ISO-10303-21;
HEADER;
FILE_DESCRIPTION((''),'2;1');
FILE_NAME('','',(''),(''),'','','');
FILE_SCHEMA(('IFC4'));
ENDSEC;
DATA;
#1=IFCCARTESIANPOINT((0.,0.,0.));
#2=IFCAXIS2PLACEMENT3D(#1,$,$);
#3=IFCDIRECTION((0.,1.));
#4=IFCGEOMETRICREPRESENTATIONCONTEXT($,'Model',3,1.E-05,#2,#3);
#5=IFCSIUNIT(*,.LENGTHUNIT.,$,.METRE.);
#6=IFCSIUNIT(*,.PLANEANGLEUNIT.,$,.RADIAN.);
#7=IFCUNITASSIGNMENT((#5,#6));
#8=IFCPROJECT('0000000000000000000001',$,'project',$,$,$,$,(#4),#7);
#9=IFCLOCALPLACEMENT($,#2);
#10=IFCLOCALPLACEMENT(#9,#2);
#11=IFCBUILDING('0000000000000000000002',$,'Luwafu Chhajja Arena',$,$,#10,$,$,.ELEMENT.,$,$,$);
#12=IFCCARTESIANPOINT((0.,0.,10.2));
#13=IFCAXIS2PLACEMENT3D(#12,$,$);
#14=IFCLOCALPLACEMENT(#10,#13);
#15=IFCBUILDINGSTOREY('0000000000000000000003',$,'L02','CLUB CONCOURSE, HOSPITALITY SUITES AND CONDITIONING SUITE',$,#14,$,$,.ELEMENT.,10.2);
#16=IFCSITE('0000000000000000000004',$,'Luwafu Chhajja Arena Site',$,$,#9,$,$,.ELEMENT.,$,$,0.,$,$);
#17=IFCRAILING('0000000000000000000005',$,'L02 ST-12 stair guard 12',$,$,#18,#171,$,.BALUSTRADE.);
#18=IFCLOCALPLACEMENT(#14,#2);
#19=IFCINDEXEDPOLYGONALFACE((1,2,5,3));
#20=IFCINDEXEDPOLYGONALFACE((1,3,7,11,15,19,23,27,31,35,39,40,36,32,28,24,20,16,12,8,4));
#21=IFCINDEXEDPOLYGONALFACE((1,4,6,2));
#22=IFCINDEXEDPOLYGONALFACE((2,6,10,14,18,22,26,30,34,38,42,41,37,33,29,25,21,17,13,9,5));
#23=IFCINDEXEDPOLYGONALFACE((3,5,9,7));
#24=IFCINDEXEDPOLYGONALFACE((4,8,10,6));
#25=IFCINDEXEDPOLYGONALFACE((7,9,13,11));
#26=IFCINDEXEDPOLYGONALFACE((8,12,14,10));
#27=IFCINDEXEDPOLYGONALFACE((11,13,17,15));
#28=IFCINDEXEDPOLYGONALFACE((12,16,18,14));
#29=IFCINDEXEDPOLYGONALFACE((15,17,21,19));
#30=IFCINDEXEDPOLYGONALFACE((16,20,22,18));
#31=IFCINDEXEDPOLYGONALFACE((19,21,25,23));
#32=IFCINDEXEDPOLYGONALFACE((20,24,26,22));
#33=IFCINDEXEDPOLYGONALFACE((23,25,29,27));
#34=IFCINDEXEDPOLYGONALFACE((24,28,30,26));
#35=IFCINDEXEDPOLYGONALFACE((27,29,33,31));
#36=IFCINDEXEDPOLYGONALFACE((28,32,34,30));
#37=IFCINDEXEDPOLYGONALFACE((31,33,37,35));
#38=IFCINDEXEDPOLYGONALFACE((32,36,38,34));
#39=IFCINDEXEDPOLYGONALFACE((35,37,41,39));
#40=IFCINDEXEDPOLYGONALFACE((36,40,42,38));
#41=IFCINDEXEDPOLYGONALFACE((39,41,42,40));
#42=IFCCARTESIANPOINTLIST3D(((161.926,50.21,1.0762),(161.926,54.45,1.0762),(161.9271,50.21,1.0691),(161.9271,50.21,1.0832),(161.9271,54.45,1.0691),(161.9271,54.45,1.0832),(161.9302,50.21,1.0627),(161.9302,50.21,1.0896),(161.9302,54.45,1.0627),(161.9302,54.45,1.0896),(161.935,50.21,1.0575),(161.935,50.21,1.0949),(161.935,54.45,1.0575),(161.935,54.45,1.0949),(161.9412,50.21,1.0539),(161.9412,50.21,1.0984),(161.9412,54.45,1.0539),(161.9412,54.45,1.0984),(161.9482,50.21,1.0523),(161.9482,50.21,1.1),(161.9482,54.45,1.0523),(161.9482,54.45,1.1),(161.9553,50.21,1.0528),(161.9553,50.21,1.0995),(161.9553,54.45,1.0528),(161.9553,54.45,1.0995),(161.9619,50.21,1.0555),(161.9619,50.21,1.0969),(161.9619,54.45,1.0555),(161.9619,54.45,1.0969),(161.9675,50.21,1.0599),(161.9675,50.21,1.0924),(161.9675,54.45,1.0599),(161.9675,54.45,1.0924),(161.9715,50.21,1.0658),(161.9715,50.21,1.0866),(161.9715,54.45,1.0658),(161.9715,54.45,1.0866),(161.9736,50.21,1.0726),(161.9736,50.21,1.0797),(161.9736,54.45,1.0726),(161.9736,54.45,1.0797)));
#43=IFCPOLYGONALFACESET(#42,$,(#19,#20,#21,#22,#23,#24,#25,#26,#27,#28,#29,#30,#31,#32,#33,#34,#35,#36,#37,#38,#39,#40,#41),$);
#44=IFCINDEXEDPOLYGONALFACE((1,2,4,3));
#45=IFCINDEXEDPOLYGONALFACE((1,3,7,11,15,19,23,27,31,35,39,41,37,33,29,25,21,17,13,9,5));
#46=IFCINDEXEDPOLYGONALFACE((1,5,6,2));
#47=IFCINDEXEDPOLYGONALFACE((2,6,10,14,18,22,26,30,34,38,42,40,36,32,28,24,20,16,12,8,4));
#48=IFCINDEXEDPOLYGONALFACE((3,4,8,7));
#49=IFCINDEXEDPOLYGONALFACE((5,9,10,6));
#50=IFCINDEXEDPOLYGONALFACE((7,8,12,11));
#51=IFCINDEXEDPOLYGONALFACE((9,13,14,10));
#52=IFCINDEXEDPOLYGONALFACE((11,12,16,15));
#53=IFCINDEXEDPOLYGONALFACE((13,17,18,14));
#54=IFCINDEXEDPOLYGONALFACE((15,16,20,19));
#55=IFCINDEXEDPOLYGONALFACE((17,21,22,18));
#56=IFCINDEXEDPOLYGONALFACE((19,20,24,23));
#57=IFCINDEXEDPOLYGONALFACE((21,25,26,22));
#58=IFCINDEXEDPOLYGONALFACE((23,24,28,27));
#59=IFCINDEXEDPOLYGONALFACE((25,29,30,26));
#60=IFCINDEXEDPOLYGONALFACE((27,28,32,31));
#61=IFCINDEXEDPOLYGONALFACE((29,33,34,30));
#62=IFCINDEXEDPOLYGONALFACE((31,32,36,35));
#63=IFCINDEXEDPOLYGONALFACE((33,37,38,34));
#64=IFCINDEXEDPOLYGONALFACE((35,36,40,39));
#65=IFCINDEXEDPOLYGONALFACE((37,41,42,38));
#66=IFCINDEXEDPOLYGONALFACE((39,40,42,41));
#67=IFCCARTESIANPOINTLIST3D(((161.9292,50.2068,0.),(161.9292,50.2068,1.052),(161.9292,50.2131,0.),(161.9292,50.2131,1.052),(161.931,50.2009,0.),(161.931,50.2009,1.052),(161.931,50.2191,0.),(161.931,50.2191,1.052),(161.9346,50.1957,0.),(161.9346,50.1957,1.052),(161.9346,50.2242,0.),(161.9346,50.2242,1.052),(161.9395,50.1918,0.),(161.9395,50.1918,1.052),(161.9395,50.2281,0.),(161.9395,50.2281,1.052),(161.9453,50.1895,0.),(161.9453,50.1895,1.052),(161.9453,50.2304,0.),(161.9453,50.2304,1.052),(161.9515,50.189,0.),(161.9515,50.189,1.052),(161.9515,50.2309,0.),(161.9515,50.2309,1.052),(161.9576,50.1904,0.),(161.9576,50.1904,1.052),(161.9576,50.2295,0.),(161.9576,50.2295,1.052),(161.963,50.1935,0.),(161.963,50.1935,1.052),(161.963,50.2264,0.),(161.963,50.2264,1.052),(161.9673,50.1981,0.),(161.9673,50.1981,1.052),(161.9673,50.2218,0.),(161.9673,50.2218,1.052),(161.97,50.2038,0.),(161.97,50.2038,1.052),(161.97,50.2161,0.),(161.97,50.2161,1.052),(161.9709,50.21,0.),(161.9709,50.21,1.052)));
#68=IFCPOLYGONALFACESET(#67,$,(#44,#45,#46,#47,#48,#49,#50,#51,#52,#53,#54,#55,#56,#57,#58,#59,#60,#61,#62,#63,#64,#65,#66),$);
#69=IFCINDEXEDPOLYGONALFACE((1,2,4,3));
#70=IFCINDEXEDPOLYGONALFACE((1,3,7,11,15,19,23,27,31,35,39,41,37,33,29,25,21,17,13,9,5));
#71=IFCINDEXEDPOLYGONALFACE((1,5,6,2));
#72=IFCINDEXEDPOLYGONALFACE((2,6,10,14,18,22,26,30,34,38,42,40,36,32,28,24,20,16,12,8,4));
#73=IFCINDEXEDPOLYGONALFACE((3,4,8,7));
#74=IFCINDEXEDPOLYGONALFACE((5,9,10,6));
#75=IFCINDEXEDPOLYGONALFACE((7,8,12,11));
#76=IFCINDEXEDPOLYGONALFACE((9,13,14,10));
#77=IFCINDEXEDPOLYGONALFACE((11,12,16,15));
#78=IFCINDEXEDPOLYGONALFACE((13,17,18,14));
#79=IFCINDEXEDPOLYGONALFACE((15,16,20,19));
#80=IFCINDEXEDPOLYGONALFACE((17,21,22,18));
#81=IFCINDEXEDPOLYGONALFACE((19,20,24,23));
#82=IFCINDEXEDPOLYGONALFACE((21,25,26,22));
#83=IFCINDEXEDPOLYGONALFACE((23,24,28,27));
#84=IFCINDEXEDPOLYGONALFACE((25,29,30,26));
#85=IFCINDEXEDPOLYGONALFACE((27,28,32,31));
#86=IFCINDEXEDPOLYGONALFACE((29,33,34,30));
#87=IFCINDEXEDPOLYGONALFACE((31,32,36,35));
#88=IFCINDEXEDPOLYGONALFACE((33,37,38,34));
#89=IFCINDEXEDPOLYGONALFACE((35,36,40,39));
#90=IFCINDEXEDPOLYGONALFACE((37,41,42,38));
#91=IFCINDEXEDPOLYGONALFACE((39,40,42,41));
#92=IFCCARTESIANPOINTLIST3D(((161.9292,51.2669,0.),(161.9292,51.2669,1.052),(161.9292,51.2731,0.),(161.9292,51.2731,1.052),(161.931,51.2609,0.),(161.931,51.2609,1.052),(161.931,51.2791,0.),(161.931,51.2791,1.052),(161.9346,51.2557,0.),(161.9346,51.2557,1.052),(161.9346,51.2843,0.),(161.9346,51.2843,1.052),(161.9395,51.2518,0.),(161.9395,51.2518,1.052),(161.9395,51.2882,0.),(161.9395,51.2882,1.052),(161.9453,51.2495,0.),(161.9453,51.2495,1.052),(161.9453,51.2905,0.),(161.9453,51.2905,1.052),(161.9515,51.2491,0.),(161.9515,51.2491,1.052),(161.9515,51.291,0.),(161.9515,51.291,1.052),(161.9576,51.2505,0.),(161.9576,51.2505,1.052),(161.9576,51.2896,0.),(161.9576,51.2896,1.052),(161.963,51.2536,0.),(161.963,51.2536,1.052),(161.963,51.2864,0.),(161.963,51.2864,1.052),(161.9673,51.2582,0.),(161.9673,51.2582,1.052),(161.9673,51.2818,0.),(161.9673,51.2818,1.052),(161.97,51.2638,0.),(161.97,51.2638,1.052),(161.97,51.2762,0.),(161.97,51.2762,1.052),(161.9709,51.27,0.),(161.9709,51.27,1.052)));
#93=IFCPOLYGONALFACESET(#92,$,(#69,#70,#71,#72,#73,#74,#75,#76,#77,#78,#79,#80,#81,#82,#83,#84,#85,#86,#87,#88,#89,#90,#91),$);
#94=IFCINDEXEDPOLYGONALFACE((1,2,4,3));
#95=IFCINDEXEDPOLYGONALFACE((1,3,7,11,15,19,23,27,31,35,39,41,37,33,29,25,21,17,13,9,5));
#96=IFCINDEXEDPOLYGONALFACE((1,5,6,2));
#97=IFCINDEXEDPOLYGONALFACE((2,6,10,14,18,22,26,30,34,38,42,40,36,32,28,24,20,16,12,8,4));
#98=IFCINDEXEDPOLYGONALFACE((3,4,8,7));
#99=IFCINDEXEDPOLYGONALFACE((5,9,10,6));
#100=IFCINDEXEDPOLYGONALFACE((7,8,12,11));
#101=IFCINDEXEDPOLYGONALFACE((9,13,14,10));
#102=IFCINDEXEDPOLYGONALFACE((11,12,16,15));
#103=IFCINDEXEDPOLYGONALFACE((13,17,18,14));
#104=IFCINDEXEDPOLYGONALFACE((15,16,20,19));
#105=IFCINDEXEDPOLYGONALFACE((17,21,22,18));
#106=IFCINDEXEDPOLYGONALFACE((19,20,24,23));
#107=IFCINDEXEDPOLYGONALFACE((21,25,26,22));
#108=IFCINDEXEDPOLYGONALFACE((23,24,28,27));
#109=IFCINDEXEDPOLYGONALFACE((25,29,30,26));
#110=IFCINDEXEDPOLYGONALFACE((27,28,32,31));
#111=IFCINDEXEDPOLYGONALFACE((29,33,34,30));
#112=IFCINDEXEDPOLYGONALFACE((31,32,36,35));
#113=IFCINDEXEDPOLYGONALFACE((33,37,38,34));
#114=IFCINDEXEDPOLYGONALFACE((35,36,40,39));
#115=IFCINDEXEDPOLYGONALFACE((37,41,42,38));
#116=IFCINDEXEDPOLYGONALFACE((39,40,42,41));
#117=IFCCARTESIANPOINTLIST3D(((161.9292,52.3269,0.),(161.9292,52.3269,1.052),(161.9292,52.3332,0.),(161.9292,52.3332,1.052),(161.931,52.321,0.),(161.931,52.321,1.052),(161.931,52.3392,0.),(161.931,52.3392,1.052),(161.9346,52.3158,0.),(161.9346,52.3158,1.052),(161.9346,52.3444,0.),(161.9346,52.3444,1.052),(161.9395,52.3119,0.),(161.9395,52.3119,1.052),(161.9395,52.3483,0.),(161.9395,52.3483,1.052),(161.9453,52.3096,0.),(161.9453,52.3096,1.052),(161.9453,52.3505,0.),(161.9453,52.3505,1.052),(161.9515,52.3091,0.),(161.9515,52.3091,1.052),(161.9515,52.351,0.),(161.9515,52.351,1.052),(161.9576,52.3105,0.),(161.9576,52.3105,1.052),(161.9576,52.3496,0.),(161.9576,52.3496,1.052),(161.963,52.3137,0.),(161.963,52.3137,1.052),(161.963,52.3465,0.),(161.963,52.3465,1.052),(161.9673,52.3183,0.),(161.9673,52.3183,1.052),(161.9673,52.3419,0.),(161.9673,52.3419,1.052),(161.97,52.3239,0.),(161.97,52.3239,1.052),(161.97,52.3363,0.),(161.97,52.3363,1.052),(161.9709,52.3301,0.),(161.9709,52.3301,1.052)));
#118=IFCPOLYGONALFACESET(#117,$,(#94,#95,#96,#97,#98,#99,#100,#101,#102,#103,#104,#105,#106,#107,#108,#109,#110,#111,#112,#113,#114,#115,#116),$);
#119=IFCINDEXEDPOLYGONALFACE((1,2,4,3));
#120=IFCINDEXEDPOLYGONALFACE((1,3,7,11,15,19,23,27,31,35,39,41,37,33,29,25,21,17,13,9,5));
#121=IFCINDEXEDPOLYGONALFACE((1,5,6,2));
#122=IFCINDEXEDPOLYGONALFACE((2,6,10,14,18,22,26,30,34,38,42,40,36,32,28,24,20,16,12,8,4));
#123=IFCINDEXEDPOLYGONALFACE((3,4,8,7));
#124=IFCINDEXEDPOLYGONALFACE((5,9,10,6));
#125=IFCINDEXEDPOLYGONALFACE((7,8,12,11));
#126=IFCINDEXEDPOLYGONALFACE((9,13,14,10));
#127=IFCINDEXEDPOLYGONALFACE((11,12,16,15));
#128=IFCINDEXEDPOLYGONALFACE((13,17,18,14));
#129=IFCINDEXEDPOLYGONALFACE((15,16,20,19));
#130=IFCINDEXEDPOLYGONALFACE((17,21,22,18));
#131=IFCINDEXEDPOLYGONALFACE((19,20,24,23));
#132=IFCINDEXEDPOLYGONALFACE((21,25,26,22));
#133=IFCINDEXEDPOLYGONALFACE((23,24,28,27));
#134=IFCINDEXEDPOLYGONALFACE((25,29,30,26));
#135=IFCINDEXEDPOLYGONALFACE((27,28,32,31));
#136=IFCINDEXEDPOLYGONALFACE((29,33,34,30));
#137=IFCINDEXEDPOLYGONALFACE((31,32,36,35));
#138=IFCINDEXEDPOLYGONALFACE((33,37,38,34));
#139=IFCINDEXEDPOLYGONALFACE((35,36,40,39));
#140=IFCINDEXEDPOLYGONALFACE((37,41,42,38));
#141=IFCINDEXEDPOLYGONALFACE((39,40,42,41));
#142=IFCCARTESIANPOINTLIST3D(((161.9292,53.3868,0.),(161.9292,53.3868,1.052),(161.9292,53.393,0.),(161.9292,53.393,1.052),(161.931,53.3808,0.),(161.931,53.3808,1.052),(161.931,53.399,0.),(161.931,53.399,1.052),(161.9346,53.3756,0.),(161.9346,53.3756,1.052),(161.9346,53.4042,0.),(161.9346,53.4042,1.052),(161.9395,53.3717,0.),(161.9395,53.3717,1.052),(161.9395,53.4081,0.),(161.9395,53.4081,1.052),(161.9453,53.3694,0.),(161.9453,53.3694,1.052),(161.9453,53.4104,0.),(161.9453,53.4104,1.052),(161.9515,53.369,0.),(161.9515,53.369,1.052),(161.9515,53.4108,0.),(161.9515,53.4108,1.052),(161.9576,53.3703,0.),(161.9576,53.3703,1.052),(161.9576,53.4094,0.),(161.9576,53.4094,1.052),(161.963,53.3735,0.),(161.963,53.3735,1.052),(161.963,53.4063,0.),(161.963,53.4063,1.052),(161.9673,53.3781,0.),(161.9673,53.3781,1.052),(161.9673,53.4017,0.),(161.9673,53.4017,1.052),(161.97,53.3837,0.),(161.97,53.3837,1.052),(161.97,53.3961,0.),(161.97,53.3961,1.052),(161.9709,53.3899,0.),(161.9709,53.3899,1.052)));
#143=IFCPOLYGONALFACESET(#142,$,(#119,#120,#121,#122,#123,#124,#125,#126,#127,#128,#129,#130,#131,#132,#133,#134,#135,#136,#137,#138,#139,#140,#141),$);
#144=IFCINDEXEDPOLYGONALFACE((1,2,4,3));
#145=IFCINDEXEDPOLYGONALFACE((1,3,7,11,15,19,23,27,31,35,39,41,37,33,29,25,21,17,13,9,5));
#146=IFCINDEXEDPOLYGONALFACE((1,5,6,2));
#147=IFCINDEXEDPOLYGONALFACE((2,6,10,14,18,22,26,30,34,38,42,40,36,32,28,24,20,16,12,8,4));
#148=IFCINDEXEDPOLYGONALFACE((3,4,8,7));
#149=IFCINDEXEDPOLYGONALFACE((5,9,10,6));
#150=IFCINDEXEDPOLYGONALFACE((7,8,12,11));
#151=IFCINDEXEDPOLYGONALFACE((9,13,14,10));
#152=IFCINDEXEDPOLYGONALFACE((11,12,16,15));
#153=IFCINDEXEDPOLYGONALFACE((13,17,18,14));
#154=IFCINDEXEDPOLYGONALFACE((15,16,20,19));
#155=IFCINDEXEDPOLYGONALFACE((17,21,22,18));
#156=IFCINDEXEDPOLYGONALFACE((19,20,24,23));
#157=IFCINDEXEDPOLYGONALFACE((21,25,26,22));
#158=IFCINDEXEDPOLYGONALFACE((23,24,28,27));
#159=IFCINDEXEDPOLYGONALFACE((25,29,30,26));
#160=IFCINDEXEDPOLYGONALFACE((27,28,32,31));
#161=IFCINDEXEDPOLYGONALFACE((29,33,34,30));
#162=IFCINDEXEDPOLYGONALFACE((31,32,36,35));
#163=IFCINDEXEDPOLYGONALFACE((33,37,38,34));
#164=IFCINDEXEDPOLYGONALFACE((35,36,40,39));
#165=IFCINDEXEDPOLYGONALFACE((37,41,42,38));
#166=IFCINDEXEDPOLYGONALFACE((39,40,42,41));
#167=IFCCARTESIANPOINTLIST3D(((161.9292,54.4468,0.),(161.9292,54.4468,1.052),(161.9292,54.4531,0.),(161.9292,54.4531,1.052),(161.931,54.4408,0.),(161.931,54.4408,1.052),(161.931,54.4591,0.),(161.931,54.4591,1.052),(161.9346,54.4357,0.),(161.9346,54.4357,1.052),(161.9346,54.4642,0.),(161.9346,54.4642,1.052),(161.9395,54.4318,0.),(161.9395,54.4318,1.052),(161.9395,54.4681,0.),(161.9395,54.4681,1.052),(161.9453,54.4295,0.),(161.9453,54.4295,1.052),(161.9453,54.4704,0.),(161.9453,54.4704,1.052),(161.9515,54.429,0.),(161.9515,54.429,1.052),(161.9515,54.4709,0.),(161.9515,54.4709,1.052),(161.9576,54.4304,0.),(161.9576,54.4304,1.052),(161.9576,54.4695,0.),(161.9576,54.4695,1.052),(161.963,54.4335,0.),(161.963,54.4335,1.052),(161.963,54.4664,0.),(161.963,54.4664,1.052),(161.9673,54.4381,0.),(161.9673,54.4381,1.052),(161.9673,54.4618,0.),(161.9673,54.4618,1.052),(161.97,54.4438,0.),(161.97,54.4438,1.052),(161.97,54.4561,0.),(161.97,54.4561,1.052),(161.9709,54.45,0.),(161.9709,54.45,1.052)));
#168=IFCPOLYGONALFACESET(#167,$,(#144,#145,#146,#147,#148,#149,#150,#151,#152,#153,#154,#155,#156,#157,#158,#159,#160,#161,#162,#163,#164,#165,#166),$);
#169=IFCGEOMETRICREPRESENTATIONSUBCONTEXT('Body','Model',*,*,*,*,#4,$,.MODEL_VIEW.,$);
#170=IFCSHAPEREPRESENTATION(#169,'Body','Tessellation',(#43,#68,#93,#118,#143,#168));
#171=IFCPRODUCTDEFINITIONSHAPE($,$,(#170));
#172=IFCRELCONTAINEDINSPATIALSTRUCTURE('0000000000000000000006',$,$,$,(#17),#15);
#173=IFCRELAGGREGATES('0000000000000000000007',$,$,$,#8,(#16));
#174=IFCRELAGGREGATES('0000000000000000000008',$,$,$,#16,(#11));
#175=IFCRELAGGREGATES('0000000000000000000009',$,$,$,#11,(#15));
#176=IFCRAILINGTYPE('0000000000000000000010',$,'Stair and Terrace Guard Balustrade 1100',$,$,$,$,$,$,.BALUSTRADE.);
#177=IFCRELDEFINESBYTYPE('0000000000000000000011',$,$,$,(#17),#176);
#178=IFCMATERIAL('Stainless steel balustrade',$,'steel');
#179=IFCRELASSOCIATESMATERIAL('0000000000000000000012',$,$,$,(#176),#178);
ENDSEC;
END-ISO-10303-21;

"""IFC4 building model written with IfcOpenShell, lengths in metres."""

from ifc_helpers import new_model, si_unit, direction, frame, origin, origin_2d, place, context, subcontext, project, spatial, circle, extrude, material, type_object, element, save


model = new_model("IFC4")

# Units and contexts
model_context = context("Model", 3, precision=1e-05, world=origin(), true_north=direction((0.0, 1.0)))
body_context = subcontext(model_context, "Body", "Model", "MODEL_VIEW")
ifc_project = project(units=[si_unit("LENGTHUNIT", "METRE"), si_unit("PLANEANGLEUNIT", "RADIAN")], contexts=[model_context])

# Site, building, storey
site_placement = place(None, origin())
site = spatial("IfcSite", under=ifc_project, at=site_placement, Name="Luwafu Chhajja Arena Site", CompositionType="ELEMENT", RefElevation=0.0)
building_placement = place(site_placement, origin())
building = spatial("IfcBuilding", under=site, at=building_placement, Name="Luwafu Chhajja Arena", CompositionType="ELEMENT")
storey_placement = place(building_placement, frame((0.0, 0.0, 10.2)))
storey = spatial("IfcBuildingStorey", under=building, at=storey_placement, Name="L02", Description="CLUB CONCOURSE, HOSPITALITY SUITES AND CONDITIONING SUITE", CompositionType="ELEMENT", Elevation=10.2)

# Railing
ifc_material_1 = material(Name="Stainless steel balustrade", Category="steel")
railing_type_1 = type_object("IfcRailingType", Name="Stair and Terrace Guard Balustrade 1100", PredefinedType="BALUSTRADE", material=ifc_material_1)
railing_1_placement = place(storey_placement, frame((161.95, 50.21, 0.0)))
element("IfcRailing", 1, at=railing_1_placement, inside=storey, type_object=railing_type_1, Name="L02 ST-12 stair guard 12", PredefinedType="BALUSTRADE", context=body_context, shape_type="SweptSolid", body=[
    extrude(circle(Radius=0.0239, at=origin_2d()), frame((0.0, 0.0, 1.0762), z_axis=(0.0, 1.0, 0.0), x_axis=(-1.0, 0.0, 0.0)), (0.0, 0.0, 1.0), 4.24),
    extrude(circle(Radius=0.021, at=origin_2d()), origin(), (0.0, 0.0, 1.0), 1.052),
    extrude(circle(Radius=0.021, at=origin_2d()), frame((0.0, 1.0601, 0.0)), (0.0, 0.0, 1.0), 1.052),
    extrude(circle(Radius=0.021, at=origin_2d()), frame((0.0, 2.1201, 0.0)), (0.0, 0.0, 1.0), 1.052),
    extrude(circle(Radius=0.021, at=origin_2d()), frame((0.0, 3.1799, 0.0)), (0.0, 0.0, 1.0), 1.052),
    extrude(circle(Radius=0.021, at=origin_2d()), frame((0.0, 4.24, 0.0)), (0.0, 0.0, 1.0), 1.052),
])

save(model, "model.ifc")
